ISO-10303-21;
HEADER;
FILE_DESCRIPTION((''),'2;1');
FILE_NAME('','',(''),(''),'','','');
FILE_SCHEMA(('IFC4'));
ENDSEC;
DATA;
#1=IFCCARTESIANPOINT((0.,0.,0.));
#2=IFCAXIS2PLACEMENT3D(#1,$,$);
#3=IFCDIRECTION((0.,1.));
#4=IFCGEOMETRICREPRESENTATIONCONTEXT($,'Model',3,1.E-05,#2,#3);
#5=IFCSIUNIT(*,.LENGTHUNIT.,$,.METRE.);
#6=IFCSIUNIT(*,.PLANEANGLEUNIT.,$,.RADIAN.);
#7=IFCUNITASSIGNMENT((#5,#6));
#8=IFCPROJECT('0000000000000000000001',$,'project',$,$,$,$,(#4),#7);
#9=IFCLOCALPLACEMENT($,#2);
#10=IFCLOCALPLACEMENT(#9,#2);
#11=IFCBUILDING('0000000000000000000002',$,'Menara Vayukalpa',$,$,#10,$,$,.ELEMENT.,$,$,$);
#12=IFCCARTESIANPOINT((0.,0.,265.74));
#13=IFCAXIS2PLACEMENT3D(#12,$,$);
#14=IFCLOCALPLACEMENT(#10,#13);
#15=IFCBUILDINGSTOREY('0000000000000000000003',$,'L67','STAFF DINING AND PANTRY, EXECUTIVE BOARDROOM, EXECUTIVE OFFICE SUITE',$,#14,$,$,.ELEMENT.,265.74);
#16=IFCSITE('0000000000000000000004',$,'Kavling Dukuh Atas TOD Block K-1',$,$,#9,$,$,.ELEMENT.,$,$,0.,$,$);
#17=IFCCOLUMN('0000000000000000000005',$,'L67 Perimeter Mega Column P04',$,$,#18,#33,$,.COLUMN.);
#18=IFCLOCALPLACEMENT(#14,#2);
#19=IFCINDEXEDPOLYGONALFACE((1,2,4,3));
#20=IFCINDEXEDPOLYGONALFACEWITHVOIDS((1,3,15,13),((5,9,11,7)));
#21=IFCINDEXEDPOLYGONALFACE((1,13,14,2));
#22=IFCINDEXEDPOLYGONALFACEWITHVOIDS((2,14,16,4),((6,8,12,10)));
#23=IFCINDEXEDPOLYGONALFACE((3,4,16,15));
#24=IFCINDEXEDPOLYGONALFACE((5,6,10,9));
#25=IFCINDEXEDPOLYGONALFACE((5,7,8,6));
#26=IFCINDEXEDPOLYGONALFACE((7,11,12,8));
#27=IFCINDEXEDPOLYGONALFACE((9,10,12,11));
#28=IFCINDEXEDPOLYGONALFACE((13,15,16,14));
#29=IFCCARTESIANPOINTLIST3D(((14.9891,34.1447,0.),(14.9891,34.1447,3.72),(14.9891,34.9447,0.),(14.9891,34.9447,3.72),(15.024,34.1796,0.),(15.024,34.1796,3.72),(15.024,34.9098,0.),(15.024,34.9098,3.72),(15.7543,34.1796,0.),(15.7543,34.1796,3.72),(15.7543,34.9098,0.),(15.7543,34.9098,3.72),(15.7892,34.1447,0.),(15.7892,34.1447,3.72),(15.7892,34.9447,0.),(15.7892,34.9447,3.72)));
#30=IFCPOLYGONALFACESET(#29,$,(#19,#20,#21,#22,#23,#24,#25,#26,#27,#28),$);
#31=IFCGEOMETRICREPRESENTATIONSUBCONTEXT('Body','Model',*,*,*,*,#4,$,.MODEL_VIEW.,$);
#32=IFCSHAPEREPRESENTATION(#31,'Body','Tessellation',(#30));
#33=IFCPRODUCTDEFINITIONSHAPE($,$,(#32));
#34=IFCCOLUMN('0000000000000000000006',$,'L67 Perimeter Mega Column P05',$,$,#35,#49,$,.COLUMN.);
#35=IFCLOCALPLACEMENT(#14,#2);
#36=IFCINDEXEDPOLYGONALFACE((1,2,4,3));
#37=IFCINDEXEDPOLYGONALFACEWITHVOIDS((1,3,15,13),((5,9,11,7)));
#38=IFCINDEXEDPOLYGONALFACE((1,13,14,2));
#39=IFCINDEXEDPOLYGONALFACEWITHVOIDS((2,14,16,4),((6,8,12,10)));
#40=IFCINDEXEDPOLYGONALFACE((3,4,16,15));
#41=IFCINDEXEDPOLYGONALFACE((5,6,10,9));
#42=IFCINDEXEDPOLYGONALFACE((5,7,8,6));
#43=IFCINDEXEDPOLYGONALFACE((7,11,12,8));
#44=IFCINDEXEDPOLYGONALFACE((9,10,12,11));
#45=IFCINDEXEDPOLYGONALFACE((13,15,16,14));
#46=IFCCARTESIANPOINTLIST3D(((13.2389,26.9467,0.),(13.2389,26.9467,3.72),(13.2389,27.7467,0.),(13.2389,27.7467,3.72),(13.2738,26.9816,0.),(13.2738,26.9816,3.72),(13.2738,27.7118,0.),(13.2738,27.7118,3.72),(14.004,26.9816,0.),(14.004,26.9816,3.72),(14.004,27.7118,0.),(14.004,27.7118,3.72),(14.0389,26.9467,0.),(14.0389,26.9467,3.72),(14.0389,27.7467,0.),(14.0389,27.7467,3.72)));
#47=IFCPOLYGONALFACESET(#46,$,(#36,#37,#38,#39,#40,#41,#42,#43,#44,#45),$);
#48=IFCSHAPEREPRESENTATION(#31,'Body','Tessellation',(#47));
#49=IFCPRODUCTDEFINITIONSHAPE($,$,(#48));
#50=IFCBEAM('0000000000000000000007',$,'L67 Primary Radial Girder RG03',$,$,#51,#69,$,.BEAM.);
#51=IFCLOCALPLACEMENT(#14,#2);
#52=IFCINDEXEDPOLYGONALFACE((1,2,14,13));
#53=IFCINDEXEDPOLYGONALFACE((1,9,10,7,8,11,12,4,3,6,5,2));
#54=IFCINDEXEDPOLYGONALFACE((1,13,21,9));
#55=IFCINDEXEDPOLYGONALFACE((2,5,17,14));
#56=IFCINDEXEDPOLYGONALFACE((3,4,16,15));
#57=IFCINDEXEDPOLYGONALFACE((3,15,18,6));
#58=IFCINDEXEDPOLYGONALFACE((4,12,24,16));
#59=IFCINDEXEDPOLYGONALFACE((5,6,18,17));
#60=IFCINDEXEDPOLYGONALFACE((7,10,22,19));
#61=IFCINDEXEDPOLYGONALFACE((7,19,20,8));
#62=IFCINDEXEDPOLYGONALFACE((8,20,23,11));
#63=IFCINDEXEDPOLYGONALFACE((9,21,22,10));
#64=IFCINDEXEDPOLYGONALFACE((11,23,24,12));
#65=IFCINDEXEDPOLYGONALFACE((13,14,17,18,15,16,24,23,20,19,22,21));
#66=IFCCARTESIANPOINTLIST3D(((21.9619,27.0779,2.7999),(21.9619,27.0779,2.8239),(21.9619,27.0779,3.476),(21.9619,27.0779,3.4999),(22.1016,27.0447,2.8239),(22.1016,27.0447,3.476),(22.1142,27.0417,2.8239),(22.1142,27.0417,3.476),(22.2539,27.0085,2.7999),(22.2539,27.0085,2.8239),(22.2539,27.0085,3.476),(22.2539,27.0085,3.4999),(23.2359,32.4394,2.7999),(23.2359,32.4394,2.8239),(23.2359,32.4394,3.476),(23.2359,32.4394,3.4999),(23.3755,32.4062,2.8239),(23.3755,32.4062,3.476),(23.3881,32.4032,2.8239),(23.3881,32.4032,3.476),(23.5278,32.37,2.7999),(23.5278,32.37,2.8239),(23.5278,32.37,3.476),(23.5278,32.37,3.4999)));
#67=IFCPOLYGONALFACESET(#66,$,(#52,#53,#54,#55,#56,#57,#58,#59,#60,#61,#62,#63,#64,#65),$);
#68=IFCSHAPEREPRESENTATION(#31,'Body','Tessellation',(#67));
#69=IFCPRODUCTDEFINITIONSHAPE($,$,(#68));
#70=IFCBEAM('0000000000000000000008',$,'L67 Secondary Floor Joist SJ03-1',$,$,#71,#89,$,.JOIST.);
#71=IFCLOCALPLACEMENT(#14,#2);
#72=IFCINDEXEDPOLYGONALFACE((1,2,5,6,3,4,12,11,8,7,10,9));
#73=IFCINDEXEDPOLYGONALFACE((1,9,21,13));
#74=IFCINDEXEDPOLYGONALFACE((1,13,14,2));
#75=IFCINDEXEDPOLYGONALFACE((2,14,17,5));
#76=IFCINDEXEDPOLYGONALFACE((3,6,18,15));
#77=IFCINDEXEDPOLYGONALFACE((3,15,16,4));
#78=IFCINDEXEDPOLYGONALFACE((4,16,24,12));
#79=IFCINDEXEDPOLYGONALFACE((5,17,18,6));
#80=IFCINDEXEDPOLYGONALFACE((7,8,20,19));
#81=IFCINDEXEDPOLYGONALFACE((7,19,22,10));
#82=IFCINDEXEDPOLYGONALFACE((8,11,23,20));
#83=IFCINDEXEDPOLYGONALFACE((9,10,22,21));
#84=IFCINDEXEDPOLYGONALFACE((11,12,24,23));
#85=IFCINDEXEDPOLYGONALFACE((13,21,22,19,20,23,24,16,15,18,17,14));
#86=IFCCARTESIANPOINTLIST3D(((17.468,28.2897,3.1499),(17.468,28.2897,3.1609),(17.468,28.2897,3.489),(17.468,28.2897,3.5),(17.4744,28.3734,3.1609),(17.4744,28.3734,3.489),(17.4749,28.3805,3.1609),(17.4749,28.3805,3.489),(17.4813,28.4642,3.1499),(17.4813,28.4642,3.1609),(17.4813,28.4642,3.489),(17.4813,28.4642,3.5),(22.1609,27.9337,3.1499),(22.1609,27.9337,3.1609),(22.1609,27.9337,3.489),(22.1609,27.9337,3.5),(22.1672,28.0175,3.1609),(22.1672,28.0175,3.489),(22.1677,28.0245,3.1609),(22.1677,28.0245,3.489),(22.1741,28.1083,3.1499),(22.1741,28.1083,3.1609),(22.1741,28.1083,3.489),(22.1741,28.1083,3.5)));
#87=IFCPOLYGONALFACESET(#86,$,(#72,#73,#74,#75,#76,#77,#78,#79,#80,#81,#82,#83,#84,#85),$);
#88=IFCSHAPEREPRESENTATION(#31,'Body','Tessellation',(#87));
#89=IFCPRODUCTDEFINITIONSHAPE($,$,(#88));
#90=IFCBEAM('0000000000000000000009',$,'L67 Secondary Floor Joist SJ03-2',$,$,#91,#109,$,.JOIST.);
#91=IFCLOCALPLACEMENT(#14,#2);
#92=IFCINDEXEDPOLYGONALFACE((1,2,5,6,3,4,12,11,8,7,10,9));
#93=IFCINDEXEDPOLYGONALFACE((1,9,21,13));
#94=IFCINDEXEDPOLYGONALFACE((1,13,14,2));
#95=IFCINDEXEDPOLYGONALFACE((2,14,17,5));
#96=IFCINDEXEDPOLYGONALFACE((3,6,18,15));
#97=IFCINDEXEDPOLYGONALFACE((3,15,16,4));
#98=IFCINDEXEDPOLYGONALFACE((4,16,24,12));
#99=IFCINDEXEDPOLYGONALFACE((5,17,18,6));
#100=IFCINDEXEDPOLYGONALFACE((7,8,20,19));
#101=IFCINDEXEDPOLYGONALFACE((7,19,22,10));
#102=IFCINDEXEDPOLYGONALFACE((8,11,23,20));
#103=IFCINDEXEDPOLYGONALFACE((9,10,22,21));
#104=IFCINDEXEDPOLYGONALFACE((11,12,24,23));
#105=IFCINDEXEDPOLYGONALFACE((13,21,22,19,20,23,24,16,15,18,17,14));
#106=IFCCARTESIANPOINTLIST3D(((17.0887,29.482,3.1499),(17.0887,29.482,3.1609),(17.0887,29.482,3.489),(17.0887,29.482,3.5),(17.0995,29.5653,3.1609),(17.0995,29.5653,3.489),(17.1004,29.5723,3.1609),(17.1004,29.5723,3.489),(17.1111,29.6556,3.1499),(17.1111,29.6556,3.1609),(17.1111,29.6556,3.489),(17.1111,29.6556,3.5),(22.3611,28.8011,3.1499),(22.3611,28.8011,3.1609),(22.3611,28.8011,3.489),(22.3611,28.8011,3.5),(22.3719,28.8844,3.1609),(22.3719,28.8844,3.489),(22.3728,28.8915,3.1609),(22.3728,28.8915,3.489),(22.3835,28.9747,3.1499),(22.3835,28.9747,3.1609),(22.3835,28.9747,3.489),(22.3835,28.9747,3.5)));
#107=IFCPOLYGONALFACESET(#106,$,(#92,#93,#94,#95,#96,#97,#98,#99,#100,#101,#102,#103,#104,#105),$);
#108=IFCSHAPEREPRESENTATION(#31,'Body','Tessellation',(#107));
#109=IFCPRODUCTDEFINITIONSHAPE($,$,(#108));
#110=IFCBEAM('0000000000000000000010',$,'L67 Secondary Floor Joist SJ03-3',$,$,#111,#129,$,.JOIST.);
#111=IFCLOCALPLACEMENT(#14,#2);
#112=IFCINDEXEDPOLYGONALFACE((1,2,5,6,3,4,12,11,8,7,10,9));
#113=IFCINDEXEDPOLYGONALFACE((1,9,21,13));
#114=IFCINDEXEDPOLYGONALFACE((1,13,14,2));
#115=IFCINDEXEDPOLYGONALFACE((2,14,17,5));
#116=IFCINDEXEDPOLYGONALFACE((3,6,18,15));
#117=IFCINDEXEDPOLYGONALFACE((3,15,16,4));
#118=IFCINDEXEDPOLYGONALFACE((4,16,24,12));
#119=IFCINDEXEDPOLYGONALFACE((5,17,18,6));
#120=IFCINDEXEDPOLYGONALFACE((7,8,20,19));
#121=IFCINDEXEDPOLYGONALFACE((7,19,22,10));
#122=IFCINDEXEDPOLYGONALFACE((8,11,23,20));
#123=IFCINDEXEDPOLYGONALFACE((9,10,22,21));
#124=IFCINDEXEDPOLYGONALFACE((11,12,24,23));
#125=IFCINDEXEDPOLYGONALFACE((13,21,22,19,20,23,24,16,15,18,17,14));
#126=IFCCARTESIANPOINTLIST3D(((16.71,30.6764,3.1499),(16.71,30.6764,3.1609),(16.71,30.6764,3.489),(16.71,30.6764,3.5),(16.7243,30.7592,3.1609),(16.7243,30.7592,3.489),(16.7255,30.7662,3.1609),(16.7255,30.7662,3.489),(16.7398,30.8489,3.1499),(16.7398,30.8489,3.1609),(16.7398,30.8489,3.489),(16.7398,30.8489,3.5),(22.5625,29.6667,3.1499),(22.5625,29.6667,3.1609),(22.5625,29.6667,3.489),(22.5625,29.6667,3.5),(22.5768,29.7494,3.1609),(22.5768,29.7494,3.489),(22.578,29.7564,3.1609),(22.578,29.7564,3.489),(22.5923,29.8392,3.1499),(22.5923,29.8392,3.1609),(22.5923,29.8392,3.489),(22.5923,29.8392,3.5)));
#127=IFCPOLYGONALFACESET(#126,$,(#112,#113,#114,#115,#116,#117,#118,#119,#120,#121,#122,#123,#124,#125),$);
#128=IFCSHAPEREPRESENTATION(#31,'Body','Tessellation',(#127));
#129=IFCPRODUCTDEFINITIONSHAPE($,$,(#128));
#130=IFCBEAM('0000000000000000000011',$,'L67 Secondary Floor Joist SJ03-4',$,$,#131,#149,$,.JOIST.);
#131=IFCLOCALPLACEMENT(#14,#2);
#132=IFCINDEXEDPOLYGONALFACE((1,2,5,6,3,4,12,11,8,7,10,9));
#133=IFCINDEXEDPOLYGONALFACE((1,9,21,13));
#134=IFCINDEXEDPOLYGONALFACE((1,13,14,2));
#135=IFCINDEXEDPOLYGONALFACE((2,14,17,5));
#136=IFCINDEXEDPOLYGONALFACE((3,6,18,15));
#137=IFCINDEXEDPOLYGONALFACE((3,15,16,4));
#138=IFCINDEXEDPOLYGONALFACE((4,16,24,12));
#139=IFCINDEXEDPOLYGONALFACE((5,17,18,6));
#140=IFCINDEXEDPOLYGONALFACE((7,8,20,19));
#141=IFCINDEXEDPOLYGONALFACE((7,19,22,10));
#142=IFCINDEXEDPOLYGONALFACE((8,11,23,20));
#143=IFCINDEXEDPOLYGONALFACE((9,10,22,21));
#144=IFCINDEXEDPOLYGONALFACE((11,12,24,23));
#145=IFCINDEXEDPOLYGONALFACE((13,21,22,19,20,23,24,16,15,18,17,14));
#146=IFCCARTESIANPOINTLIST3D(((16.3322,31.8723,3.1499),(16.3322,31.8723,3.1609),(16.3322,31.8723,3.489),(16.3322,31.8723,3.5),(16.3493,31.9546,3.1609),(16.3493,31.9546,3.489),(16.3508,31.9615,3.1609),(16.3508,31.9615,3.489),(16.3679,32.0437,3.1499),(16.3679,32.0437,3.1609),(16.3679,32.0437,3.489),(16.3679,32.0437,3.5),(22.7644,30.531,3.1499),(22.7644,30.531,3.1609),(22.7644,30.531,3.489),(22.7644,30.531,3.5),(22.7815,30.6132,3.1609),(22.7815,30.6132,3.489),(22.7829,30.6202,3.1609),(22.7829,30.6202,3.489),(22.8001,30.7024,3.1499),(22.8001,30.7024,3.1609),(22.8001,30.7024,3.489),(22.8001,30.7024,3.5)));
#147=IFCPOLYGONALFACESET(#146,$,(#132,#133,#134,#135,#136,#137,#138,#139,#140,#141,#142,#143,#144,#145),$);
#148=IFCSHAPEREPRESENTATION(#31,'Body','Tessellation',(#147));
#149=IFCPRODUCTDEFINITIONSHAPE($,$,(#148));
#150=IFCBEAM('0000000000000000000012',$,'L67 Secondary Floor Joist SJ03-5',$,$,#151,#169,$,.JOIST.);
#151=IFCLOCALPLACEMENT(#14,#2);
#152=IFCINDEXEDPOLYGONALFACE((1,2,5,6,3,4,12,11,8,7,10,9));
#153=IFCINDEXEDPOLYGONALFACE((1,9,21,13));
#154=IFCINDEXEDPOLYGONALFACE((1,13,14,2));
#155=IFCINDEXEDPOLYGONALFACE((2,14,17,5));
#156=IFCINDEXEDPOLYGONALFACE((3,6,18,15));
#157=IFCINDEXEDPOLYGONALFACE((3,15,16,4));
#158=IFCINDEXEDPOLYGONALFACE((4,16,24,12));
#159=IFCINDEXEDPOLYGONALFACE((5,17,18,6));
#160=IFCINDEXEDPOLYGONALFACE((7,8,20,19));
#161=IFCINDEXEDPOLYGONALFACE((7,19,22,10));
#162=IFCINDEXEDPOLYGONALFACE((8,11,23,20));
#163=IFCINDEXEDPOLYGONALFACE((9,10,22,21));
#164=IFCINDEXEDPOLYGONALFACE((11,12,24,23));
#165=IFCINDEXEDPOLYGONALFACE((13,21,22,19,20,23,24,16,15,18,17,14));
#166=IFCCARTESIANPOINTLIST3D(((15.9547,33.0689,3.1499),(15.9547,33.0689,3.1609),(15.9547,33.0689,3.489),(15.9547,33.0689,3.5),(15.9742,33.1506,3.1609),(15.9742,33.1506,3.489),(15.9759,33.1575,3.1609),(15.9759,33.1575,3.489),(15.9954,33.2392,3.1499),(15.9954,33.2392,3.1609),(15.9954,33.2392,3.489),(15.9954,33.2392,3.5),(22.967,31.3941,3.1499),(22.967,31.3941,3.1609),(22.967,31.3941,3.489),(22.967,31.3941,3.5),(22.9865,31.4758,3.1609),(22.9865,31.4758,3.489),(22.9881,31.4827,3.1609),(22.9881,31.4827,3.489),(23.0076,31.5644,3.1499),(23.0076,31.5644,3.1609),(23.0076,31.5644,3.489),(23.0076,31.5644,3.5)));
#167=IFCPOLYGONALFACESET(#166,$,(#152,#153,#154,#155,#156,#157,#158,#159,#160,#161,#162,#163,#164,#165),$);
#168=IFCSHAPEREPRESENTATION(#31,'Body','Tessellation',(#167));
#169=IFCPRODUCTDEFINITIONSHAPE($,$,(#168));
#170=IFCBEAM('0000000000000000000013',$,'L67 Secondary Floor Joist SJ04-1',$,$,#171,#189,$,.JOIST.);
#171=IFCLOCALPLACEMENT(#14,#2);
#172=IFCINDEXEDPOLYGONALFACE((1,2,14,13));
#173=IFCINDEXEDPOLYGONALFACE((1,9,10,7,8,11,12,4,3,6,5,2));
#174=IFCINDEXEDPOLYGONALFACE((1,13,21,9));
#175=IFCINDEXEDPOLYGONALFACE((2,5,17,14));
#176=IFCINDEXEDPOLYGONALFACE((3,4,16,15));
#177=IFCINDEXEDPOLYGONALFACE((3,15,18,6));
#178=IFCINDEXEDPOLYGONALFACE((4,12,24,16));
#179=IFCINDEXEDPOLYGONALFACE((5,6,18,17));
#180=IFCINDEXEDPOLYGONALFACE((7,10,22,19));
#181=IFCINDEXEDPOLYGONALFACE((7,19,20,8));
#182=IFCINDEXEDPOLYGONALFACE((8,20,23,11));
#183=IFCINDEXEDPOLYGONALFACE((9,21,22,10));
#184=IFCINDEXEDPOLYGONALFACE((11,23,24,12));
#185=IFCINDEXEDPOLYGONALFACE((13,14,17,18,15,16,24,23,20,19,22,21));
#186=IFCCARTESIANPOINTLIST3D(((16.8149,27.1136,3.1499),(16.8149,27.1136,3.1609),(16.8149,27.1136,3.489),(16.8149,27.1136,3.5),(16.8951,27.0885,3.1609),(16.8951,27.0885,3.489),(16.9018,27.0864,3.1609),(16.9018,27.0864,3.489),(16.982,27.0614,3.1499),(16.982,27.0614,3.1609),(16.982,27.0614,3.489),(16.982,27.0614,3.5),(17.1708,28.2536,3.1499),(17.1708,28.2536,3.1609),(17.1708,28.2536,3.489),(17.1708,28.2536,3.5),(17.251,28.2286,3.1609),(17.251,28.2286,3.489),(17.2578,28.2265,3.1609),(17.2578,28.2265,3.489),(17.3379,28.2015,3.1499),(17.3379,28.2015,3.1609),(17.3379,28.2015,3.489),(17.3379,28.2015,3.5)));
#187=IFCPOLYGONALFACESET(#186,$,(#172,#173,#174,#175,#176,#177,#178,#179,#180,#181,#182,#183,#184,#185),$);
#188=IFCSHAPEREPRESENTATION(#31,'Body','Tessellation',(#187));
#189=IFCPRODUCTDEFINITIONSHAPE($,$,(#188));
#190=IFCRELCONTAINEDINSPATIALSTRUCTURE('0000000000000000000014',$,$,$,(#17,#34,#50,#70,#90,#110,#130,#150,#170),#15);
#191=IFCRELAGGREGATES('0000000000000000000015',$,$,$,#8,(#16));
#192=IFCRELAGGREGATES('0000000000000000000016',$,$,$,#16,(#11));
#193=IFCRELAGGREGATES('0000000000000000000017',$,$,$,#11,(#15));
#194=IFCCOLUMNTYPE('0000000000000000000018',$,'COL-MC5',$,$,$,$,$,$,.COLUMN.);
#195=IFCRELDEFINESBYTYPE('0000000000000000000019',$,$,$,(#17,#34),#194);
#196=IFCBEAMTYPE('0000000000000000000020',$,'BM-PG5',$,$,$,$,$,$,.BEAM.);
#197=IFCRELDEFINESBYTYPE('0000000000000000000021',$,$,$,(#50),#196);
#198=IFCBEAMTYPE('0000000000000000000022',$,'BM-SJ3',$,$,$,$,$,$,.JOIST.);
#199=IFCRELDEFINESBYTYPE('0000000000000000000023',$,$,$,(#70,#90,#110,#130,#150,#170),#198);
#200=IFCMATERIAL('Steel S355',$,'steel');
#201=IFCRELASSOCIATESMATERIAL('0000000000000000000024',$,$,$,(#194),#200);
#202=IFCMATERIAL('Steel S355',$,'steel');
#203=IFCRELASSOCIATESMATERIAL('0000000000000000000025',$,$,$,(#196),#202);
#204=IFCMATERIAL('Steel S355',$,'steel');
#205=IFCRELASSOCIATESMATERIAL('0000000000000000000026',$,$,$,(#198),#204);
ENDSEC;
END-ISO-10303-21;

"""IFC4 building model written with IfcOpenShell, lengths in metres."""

from ifc_helpers import new_model, si_unit, direction, frame, origin, origin_2d, place, context, subcontext, project, spatial, hollow_rectangle, i_section, extrude, material, material_profile, profile_set, type_object, element, save


model = new_model("IFC4")

# Units and contexts
model_context = context("Model", 3, precision=1e-05, world=origin(), true_north=direction((0.0, 1.0)))
body_context = subcontext(model_context, "Body", "Model", "MODEL_VIEW")
ifc_project = project(units=[si_unit("LENGTHUNIT", "METRE"), si_unit("PLANEANGLEUNIT", "RADIAN")], contexts=[model_context])

# Site, building, storey
site_placement = place(None, origin())
site = spatial("IfcSite", under=ifc_project, at=site_placement, Name="Kavling Dukuh Atas TOD Block K-1", CompositionType="ELEMENT", RefElevation=0.0)
building_placement = place(site_placement, origin())
building = spatial("IfcBuilding", under=site, at=building_placement, Name="Menara Vayukalpa", CompositionType="ELEMENT")
storey_placement = place(building_placement, frame((0.0, 0.0, 265.74)))
storey = spatial("IfcBuildingStorey", under=building, at=storey_placement, Name="L67", Description="STAFF DINING AND PANTRY, EXECUTIVE BOARDROOM, EXECUTIVE OFFICE SUITE", CompositionType="ELEMENT", Elevation=265.74)

# Columns
ifc_material_1 = material(Name="Steel S355", Category="steel")
ifc_material_profile_1 = material_profile(ifc_material_1, hollow_rectangle(XDim=0.8, YDim=0.8, WallThickness=0.0349, at=origin_2d()), Name="BOX 800x800x35")
ifc_profile_set_1 = profile_set([ifc_material_profile_1], Name="Steel S355")
column_type = type_object("IfcColumnType", Name="COL-MC5", PredefinedType="COLUMN", material=ifc_profile_set_1)
for number, where, z_axis, x_axis, name in (
    (1, (15.3892, 34.5447, 0.0), (0.0, 0.0, 1.0), (1.0, 0.0, 0.0), "L67 Perimeter Mega Column P04"),
    (2, (13.6389, 27.3467, 0.0), (0.0, 0.0, 1.0), (1.0, 0.0, 0.0), "L67 Perimeter Mega Column P05"),
):
    element("IfcColumn", number, at=place(storey_placement, frame(where, z_axis=z_axis, x_axis=x_axis)), inside=storey, type_object=column_type, Name=name, PredefinedType="COLUMN", context=body_context, shape_type="SweptSolid", body=[
        extrude(hollow_rectangle(XDim=0.8, YDim=0.8, WallThickness=0.0349, at=origin_2d()), origin(), (0.0, 0.0, 1.0), 3.72),
    ])

# Beams
ifc_material_2 = material(Name="Steel S355", Category="steel")
ifc_material_profile_2 = material_profile(ifc_material_2, i_section(OverallWidth=0.3, OverallDepth=0.7, WebThickness=0.0129, FlangeThickness=0.0239, at=origin_2d()), Name="WF 700x300x13x24")
ifc_profile_set_2 = profile_set([ifc_material_profile_2], Name="Steel S355")
beam_type_1 = type_object("IfcBeamType", Name="BM-PG5", PredefinedType="BEAM", material=ifc_profile_set_2)
beam_1_placement = place(storey_placement, frame((22.1079, 27.0432, 3.1499), z_axis=(0.231167, 0.972914, 0.0), x_axis=(-0.972914, 0.231167, 0.0)))
element("IfcBeam", 3, at=beam_1_placement, inside=storey, type_object=beam_type_1, Name="L67 Primary Radial Girder RG03", PredefinedType="BEAM", context=body_context, shape_type="SweptSolid", body=[
    extrude(i_section(OverallWidth=0.3, OverallDepth=0.7, WebThickness=0.0129, FlangeThickness=0.0239, at=origin_2d()), origin(), (0.0, 0.0, 1.0), 5.5107),
])
ifc_material_3 = material(Name="Steel S355", Category="steel")
ifc_material_profile_3 = material_profile(ifc_material_3, i_section(OverallWidth=0.175, OverallDepth=0.3501, WebThickness=0.0071, FlangeThickness=0.011, at=origin_2d()), Name="WF 350x175x7x11")
ifc_profile_set_3 = profile_set([ifc_material_profile_3], Name="Steel S355")
beam_type_2 = type_object("IfcBeamType", Name="BM-SJ3", PredefinedType="JOIST", material=ifc_profile_set_3)
beam_2_placement = place(storey_placement, frame((22.1675, 28.021, 3.325), z_axis=(-0.997136, 0.075633, 0.0), x_axis=(-0.075633, -0.997136, 0.0)))
element("IfcBeam", 4, at=beam_2_placement, inside=storey, type_object=beam_type_2, Name="L67 Secondary Floor Joist SJ03-1", PredefinedType="JOIST", context=body_context, shape_type="SweptSolid", body=[
    extrude(i_section(OverallWidth=0.175, OverallDepth=0.3501, WebThickness=0.0071, FlangeThickness=0.011, at=origin_2d()), origin(), (0.0, 0.0, 1.0), 4.7063),
])
beam_3_placement = place(storey_placement, frame((22.3723, 28.8879, 3.325), z_axis=(-0.991764, 0.128081, 0.0), x_axis=(-0.128081, -0.991764, 0.0)))
element("IfcBeam", 5, at=beam_3_placement, inside=storey, type_object=beam_type_2, Name="L67 Secondary Floor Joist SJ03-2", PredefinedType="JOIST", context=body_context, shape_type="SweptSolid", body=[
    extrude(i_section(OverallWidth=0.175, OverallDepth=0.3501, WebThickness=0.0071, FlangeThickness=0.011, at=origin_2d()), origin(), (0.0, 0.0, 1.0), 5.3162),
])
beam_4_placement = place(storey_placement, frame((22.5774, 29.7529, 3.325), z_axis=(-0.98544, 0.170023, 0.0), x_axis=(-0.170023, -0.98544, 0.0)))
element("IfcBeam", 6, at=beam_4_placement, inside=storey, type_object=beam_type_2, Name="L67 Secondary Floor Joist SJ03-3", PredefinedType="JOIST", context=body_context, shape_type="SweptSolid", body=[
    extrude(i_section(OverallWidth=0.175, OverallDepth=0.3501, WebThickness=0.0071, FlangeThickness=0.011, at=origin_2d()), origin(), (0.0, 0.0, 1.0), 5.939),
])
beam_5_placement = place(storey_placement, frame((22.7822, 30.6167, 3.325), z_axis=(-0.978941, 0.204141, 0.0), x_axis=(-0.204141, -0.978941, 0.0)))
element("IfcBeam", 7, at=beam_5_placement, inside=storey, type_object=beam_type_2, Name="L67 Secondary Floor Joist SJ03-4", PredefinedType="JOIST", context=body_context, shape_type="SweptSolid", body=[
    extrude(i_section(OverallWidth=0.175, OverallDepth=0.3501, WebThickness=0.0071, FlangeThickness=0.011, at=origin_2d()), origin(), (0.0, 0.0, 1.0), 6.5706),
])
beam_6_placement = place(storey_placement, frame((22.9873, 31.4792, 3.325), z_axis=(-0.972642, 0.232307, 0.0), x_axis=(-0.232307, -0.972642, 0.0)))
element("IfcBeam", 8, at=beam_6_placement, inside=storey, type_object=beam_type_2, Name="L67 Secondary Floor Joist SJ03-5", PredefinedType="JOIST", context=body_context, shape_type="SweptSolid", body=[
    extrude(i_section(OverallWidth=0.175, OverallDepth=0.3501, WebThickness=0.0071, FlangeThickness=0.011, at=origin_2d()), origin(), (0.0, 0.0, 1.0), 7.2095),
])
beam_7_placement = place(storey_placement, frame((17.2544, 28.2275, 3.325), z_axis=(-0.298019, -0.95456, 0.0), x_axis=(0.95456, -0.298019, 0.0)))
element("IfcBeam", 9, at=beam_7_placement, inside=storey, type_object=beam_type_2, Name="L67 Secondary Floor Joist SJ04-1", PredefinedType="JOIST", context=body_context, shape_type="SweptSolid", body=[
    extrude(i_section(OverallWidth=0.175, OverallDepth=0.3501, WebThickness=0.0071, FlangeThickness=0.011, at=origin_2d()), origin(), (0.0, 0.0, 1.0), 1.1943),
])

save(model, "model.ifc")
